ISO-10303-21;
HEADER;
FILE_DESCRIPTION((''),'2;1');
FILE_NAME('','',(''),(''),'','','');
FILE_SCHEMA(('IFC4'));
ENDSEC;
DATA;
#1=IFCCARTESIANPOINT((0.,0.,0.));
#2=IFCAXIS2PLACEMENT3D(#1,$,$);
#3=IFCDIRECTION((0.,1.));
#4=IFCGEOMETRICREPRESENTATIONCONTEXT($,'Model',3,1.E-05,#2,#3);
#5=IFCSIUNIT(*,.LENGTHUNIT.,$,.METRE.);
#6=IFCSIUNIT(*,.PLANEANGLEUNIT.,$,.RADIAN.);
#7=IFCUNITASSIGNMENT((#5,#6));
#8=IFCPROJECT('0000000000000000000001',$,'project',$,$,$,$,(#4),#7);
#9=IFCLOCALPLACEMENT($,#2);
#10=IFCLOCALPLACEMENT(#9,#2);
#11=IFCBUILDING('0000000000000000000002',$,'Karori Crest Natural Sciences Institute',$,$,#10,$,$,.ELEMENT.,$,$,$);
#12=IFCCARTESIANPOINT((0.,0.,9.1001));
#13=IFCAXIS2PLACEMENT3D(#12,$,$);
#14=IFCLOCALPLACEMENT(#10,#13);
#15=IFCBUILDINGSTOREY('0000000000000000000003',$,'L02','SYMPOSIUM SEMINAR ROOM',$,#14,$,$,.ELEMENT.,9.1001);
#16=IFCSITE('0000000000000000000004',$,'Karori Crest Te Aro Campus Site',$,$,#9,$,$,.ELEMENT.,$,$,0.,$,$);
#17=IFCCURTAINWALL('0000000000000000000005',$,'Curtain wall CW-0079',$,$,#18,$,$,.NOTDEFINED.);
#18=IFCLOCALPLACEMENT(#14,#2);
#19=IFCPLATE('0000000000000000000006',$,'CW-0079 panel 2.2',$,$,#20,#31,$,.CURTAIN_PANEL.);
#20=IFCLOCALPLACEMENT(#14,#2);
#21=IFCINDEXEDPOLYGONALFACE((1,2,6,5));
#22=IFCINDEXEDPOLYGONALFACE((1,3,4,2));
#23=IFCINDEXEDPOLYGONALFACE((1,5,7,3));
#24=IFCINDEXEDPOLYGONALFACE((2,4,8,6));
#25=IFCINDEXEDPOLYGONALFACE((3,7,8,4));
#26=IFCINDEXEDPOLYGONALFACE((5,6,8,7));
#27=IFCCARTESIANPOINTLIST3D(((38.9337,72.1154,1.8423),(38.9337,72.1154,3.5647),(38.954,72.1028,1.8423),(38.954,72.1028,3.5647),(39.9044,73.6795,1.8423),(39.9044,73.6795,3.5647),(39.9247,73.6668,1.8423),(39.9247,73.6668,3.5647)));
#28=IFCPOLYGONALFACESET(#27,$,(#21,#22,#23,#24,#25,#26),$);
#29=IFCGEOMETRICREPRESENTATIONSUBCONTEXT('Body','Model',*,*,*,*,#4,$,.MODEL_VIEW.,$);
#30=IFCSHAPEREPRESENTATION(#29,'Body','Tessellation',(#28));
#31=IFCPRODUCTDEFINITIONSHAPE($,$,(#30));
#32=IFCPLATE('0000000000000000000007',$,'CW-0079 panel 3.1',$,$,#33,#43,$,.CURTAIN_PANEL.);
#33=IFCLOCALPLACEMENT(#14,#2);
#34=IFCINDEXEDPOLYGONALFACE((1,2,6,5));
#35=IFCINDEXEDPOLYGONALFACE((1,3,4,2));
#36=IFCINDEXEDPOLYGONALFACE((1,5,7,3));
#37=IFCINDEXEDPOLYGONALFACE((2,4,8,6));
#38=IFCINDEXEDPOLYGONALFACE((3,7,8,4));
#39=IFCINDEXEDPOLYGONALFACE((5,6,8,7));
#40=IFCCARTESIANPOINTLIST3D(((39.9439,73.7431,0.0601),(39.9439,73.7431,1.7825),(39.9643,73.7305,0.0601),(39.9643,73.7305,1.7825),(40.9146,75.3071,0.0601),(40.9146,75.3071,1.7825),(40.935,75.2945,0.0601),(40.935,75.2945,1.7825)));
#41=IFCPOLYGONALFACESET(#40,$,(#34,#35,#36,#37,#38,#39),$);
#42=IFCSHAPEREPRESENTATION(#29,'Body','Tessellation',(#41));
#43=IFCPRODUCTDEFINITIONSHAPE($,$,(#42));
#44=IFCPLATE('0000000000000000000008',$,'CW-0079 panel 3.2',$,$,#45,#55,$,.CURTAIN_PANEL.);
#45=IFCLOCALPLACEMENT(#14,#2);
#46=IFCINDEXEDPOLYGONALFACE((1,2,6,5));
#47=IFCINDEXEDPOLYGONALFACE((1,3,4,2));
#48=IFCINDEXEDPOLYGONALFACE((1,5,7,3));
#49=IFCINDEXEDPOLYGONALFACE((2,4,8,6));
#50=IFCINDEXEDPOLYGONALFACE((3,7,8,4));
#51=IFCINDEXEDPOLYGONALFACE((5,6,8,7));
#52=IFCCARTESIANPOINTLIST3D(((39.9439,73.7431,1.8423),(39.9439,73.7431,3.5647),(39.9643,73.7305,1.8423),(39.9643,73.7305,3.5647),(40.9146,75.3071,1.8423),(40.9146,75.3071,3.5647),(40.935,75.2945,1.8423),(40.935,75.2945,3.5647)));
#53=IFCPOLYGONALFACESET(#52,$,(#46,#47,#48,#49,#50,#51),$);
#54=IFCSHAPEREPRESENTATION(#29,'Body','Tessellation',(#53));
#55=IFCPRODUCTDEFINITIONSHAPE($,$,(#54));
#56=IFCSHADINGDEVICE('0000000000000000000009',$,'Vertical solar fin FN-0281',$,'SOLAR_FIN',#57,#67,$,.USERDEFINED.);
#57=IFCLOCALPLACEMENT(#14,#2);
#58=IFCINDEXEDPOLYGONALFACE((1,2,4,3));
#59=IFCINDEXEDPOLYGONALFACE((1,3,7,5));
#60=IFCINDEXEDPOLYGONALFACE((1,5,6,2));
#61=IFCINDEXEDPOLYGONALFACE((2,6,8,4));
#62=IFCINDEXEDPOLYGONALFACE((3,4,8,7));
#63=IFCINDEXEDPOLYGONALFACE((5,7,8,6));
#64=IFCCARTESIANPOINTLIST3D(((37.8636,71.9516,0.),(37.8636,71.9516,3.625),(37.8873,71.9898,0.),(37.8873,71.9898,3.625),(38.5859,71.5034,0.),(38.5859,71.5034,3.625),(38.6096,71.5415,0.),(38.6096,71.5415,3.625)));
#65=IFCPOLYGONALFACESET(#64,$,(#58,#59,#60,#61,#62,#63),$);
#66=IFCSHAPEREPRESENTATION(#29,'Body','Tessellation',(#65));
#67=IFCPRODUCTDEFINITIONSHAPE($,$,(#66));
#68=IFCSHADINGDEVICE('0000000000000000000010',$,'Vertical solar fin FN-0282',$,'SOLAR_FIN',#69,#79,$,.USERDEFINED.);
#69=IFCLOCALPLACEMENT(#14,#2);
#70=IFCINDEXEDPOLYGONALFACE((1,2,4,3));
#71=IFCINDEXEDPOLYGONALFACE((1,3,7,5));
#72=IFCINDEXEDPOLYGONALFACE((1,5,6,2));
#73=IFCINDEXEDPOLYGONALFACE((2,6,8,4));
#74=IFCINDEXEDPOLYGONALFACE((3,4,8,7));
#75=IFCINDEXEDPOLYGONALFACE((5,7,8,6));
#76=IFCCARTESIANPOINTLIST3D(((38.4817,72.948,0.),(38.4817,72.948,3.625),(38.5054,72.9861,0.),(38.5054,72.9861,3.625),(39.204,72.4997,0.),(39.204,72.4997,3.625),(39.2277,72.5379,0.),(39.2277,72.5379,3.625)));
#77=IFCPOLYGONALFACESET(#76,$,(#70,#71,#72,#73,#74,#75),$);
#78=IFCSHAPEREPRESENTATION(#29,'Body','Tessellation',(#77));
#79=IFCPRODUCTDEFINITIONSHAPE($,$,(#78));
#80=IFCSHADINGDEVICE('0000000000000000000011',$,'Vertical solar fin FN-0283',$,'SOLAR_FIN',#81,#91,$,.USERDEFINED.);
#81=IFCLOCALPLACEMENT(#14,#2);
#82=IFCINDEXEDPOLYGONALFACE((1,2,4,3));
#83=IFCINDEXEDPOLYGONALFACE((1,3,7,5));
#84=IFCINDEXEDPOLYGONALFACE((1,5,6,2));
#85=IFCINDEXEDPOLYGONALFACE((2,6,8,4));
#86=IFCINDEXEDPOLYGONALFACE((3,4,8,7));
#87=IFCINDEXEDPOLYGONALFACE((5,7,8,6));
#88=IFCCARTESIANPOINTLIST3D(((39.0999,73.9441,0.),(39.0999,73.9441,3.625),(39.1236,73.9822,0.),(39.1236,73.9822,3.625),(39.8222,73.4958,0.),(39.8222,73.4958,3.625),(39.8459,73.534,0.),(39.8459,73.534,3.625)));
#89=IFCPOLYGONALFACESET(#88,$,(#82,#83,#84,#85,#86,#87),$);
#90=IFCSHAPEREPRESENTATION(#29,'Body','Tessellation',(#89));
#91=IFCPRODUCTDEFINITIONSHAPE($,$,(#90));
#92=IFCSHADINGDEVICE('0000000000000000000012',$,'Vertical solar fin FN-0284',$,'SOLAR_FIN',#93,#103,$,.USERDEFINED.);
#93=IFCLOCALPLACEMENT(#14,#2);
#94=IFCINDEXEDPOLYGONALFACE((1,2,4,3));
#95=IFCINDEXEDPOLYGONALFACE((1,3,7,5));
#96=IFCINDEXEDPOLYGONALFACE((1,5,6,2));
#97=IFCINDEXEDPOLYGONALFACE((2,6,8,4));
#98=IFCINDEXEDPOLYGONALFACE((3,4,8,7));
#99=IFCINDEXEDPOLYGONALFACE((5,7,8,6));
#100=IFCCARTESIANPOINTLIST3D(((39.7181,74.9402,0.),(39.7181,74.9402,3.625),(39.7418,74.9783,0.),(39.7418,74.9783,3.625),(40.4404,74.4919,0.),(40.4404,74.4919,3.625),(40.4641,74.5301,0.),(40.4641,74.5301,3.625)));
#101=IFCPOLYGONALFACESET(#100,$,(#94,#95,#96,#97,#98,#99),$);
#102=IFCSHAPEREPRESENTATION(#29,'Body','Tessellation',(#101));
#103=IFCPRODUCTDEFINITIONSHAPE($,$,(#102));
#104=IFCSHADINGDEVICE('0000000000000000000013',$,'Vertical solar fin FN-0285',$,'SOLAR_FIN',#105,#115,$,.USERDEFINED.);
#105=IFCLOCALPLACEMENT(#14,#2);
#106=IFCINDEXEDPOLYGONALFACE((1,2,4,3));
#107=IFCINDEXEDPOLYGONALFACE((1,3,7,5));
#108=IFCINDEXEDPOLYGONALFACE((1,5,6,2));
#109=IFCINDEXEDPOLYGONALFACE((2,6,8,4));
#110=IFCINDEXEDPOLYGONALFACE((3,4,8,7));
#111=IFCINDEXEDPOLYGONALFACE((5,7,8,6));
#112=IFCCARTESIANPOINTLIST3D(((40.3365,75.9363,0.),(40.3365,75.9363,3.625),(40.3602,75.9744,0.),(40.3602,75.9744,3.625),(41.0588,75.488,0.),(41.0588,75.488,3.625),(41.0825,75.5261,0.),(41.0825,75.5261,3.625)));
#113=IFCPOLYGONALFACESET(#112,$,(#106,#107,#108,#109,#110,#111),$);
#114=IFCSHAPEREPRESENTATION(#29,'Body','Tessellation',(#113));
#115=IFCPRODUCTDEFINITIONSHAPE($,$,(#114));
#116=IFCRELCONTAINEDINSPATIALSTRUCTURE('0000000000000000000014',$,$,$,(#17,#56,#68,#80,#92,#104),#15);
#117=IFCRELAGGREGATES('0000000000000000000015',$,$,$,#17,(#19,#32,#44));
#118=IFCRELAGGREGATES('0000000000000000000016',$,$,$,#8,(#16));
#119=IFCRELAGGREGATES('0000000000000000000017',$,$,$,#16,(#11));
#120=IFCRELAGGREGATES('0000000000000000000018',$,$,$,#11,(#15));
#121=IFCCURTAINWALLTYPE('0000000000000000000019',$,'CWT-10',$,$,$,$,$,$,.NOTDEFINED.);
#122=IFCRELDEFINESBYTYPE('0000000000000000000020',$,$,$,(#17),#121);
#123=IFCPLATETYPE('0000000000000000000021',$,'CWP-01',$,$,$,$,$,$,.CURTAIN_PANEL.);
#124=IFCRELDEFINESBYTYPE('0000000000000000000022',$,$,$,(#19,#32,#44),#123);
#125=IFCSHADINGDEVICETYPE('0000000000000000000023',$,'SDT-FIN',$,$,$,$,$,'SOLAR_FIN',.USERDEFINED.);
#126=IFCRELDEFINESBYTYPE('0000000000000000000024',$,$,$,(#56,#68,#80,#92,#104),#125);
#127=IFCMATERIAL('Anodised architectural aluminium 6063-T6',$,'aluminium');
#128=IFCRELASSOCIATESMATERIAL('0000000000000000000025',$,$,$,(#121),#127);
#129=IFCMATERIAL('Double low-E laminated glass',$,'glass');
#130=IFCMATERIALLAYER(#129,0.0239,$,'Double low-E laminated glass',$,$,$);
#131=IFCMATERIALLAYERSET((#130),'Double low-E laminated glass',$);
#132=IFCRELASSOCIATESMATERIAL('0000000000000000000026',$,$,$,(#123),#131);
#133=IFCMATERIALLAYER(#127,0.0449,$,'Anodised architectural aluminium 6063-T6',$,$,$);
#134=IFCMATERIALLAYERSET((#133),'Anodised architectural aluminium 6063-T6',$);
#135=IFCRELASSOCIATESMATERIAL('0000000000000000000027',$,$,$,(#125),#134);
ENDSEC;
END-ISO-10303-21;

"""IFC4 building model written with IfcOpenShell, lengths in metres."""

from ifc_helpers import new_model, si_unit, direction, frame, origin, origin_2d, place, context, subcontext, project, spatial, rectangle, extrude, material, layer, layer_set, type_object, element, aggregate, save


model = new_model("IFC4")

# Units and contexts
model_context = context("Model", 3, precision=1e-05, world=origin(), true_north=direction((0.0, 1.0)))
body_context = subcontext(model_context, "Body", "Model", "MODEL_VIEW")
ifc_project = project(units=[si_unit("LENGTHUNIT", "METRE"), si_unit("PLANEANGLEUNIT", "RADIAN")], contexts=[model_context])

# Site, building, storey
site_placement = place(None, origin())
site = spatial("IfcSite", under=ifc_project, at=site_placement, Name="Karori Crest Te Aro Campus Site", CompositionType="ELEMENT", RefElevation=0.0)
building_placement = place(site_placement, origin())
building = spatial("IfcBuilding", under=site, at=building_placement, Name="Karori Crest Natural Sciences Institute", CompositionType="ELEMENT")
storey_placement = place(building_placement, frame((0.0, 0.0, 9.1001)))
storey = spatial("IfcBuildingStorey", under=building, at=storey_placement, Name="L02", Description="SYMPOSIUM SEMINAR ROOM", CompositionType="ELEMENT", Elevation=9.1001)

# Curtain wall, plates
ifc_material_1 = material(Name="Anodised architectural aluminium 6063-T6", Category="aluminium")
curtain_wall_type = type_object("IfcCurtainWallType", Name="CWT-10", PredefinedType="NOTDEFINED", material=ifc_material_1)
curtain_wall_placement = place(storey_placement, origin())
curtain_wall = element("IfcCurtainWall", 1, at=curtain_wall_placement, inside=storey, type_object=curtain_wall_type, Name="Curtain wall CW-0079", PredefinedType="NOTDEFINED")
ifc_material_2 = material(Name="Double low-E laminated glass", Category="glass")
ifc_layer_1 = layer(ifc_material_2, 0.0239, Name="Double low-E laminated glass")
ifc_layer_set_1 = layer_set([ifc_layer_1], Name="Double low-E laminated glass")
plate_type = type_object("IfcPlateType", Name="CWP-01", PredefinedType="CURTAIN_PANEL", material=ifc_layer_set_1)
plate_1_placement = place(storey_placement, frame((39.4292, 72.8911, 1.8423), z_axis=(0.0, 0.0, 1.0), x_axis=(0.527328, 0.849662, 0.0)))
plate_1 = element("IfcPlate", 2, at=plate_1_placement, type_object=plate_type, Name="CW-0079 panel 2.2", PredefinedType="CURTAIN_PANEL", context=body_context, shape_type="SweptSolid", body=[
    extrude(rectangle(XDim=1.8408, YDim=0.0239, at=origin_2d()), origin(), (0.0, 0.0, 1.0), 1.7224),
])
plate_2_placement = place(storey_placement, frame((40.4395, 74.5188, 0.0601), z_axis=(0.0, 0.0, 1.0), x_axis=(0.527328, 0.849662, 0.0)))
plate_2 = element("IfcPlate", 3, at=plate_2_placement, type_object=plate_type, Name="CW-0079 panel 3.1", PredefinedType="CURTAIN_PANEL", context=body_context, shape_type="SweptSolid", body=[
    extrude(rectangle(XDim=1.8408, YDim=0.0239, at=origin_2d()), origin(), (0.0, 0.0, 1.0), 1.7224),
])
plate_3_placement = place(storey_placement, frame((40.4395, 74.5188, 1.8423), z_axis=(0.0, 0.0, 1.0), x_axis=(0.527328, 0.849662, 0.0)))
plate_3 = element("IfcPlate", 4, at=plate_3_placement, type_object=plate_type, Name="CW-0079 panel 3.2", PredefinedType="CURTAIN_PANEL", context=body_context, shape_type="SweptSolid", body=[
    extrude(rectangle(XDim=1.8408, YDim=0.0239, at=origin_2d()), origin(), (0.0, 0.0, 1.0), 1.7224),
])
aggregate(curtain_wall, [plate_1, plate_2, plate_3])

# Shading devices
ifc_layer_2 = layer(ifc_material_1, 0.0449, Name="Anodised architectural aluminium 6063-T6")
ifc_layer_set_2 = layer_set([ifc_layer_2], Name="Anodised architectural aluminium 6063-T6")
shading_device_type = type_object("IfcShadingDeviceType", Name="SDT-FIN", ElementType="SOLAR_FIN", PredefinedType="USERDEFINED", material=ifc_layer_set_2)
for number, where, z_axis, x_axis, name in (
    (5, (38.2366, 71.7466, 0.0), (0.0, 0.0, 1.0), (-0.849662, 0.527328, 0.0), "Vertical solar fin FN-0281"),
    (6, (38.8547, 72.7429, 0.0), (0.0, 0.0, 1.0), (-0.849662, 0.527328, 0.0), "Vertical solar fin FN-0282"),
    (7, (39.4729, 73.739, 0.0), (0.0, 0.0, 1.0), (-0.849662, 0.527328, 0.0), "Vertical solar fin FN-0283"),
    (8, (40.0911, 74.7351, 0.0), (0.0, 0.0, 1.0), (-0.849662, 0.527328, 0.0), "Vertical solar fin FN-0284"),
    (9, (40.7095, 75.7312, 0.0), (0.0, 0.0, 1.0), (-0.849662, 0.527328, 0.0), "Vertical solar fin FN-0285"),
):
    element("IfcShadingDevice", number, at=place(storey_placement, frame(where, z_axis=z_axis, x_axis=x_axis)), inside=storey, type_object=shading_device_type, Name=name, ObjectType="SOLAR_FIN", PredefinedType="USERDEFINED", context=body_context, shape_type="SweptSolid", body=[
        extrude(rectangle(XDim=0.8501, YDim=0.0449, at=origin_2d()), origin(), (0.0, 0.0, 1.0), 3.625),
    ])

save(model, "model.ifc")
